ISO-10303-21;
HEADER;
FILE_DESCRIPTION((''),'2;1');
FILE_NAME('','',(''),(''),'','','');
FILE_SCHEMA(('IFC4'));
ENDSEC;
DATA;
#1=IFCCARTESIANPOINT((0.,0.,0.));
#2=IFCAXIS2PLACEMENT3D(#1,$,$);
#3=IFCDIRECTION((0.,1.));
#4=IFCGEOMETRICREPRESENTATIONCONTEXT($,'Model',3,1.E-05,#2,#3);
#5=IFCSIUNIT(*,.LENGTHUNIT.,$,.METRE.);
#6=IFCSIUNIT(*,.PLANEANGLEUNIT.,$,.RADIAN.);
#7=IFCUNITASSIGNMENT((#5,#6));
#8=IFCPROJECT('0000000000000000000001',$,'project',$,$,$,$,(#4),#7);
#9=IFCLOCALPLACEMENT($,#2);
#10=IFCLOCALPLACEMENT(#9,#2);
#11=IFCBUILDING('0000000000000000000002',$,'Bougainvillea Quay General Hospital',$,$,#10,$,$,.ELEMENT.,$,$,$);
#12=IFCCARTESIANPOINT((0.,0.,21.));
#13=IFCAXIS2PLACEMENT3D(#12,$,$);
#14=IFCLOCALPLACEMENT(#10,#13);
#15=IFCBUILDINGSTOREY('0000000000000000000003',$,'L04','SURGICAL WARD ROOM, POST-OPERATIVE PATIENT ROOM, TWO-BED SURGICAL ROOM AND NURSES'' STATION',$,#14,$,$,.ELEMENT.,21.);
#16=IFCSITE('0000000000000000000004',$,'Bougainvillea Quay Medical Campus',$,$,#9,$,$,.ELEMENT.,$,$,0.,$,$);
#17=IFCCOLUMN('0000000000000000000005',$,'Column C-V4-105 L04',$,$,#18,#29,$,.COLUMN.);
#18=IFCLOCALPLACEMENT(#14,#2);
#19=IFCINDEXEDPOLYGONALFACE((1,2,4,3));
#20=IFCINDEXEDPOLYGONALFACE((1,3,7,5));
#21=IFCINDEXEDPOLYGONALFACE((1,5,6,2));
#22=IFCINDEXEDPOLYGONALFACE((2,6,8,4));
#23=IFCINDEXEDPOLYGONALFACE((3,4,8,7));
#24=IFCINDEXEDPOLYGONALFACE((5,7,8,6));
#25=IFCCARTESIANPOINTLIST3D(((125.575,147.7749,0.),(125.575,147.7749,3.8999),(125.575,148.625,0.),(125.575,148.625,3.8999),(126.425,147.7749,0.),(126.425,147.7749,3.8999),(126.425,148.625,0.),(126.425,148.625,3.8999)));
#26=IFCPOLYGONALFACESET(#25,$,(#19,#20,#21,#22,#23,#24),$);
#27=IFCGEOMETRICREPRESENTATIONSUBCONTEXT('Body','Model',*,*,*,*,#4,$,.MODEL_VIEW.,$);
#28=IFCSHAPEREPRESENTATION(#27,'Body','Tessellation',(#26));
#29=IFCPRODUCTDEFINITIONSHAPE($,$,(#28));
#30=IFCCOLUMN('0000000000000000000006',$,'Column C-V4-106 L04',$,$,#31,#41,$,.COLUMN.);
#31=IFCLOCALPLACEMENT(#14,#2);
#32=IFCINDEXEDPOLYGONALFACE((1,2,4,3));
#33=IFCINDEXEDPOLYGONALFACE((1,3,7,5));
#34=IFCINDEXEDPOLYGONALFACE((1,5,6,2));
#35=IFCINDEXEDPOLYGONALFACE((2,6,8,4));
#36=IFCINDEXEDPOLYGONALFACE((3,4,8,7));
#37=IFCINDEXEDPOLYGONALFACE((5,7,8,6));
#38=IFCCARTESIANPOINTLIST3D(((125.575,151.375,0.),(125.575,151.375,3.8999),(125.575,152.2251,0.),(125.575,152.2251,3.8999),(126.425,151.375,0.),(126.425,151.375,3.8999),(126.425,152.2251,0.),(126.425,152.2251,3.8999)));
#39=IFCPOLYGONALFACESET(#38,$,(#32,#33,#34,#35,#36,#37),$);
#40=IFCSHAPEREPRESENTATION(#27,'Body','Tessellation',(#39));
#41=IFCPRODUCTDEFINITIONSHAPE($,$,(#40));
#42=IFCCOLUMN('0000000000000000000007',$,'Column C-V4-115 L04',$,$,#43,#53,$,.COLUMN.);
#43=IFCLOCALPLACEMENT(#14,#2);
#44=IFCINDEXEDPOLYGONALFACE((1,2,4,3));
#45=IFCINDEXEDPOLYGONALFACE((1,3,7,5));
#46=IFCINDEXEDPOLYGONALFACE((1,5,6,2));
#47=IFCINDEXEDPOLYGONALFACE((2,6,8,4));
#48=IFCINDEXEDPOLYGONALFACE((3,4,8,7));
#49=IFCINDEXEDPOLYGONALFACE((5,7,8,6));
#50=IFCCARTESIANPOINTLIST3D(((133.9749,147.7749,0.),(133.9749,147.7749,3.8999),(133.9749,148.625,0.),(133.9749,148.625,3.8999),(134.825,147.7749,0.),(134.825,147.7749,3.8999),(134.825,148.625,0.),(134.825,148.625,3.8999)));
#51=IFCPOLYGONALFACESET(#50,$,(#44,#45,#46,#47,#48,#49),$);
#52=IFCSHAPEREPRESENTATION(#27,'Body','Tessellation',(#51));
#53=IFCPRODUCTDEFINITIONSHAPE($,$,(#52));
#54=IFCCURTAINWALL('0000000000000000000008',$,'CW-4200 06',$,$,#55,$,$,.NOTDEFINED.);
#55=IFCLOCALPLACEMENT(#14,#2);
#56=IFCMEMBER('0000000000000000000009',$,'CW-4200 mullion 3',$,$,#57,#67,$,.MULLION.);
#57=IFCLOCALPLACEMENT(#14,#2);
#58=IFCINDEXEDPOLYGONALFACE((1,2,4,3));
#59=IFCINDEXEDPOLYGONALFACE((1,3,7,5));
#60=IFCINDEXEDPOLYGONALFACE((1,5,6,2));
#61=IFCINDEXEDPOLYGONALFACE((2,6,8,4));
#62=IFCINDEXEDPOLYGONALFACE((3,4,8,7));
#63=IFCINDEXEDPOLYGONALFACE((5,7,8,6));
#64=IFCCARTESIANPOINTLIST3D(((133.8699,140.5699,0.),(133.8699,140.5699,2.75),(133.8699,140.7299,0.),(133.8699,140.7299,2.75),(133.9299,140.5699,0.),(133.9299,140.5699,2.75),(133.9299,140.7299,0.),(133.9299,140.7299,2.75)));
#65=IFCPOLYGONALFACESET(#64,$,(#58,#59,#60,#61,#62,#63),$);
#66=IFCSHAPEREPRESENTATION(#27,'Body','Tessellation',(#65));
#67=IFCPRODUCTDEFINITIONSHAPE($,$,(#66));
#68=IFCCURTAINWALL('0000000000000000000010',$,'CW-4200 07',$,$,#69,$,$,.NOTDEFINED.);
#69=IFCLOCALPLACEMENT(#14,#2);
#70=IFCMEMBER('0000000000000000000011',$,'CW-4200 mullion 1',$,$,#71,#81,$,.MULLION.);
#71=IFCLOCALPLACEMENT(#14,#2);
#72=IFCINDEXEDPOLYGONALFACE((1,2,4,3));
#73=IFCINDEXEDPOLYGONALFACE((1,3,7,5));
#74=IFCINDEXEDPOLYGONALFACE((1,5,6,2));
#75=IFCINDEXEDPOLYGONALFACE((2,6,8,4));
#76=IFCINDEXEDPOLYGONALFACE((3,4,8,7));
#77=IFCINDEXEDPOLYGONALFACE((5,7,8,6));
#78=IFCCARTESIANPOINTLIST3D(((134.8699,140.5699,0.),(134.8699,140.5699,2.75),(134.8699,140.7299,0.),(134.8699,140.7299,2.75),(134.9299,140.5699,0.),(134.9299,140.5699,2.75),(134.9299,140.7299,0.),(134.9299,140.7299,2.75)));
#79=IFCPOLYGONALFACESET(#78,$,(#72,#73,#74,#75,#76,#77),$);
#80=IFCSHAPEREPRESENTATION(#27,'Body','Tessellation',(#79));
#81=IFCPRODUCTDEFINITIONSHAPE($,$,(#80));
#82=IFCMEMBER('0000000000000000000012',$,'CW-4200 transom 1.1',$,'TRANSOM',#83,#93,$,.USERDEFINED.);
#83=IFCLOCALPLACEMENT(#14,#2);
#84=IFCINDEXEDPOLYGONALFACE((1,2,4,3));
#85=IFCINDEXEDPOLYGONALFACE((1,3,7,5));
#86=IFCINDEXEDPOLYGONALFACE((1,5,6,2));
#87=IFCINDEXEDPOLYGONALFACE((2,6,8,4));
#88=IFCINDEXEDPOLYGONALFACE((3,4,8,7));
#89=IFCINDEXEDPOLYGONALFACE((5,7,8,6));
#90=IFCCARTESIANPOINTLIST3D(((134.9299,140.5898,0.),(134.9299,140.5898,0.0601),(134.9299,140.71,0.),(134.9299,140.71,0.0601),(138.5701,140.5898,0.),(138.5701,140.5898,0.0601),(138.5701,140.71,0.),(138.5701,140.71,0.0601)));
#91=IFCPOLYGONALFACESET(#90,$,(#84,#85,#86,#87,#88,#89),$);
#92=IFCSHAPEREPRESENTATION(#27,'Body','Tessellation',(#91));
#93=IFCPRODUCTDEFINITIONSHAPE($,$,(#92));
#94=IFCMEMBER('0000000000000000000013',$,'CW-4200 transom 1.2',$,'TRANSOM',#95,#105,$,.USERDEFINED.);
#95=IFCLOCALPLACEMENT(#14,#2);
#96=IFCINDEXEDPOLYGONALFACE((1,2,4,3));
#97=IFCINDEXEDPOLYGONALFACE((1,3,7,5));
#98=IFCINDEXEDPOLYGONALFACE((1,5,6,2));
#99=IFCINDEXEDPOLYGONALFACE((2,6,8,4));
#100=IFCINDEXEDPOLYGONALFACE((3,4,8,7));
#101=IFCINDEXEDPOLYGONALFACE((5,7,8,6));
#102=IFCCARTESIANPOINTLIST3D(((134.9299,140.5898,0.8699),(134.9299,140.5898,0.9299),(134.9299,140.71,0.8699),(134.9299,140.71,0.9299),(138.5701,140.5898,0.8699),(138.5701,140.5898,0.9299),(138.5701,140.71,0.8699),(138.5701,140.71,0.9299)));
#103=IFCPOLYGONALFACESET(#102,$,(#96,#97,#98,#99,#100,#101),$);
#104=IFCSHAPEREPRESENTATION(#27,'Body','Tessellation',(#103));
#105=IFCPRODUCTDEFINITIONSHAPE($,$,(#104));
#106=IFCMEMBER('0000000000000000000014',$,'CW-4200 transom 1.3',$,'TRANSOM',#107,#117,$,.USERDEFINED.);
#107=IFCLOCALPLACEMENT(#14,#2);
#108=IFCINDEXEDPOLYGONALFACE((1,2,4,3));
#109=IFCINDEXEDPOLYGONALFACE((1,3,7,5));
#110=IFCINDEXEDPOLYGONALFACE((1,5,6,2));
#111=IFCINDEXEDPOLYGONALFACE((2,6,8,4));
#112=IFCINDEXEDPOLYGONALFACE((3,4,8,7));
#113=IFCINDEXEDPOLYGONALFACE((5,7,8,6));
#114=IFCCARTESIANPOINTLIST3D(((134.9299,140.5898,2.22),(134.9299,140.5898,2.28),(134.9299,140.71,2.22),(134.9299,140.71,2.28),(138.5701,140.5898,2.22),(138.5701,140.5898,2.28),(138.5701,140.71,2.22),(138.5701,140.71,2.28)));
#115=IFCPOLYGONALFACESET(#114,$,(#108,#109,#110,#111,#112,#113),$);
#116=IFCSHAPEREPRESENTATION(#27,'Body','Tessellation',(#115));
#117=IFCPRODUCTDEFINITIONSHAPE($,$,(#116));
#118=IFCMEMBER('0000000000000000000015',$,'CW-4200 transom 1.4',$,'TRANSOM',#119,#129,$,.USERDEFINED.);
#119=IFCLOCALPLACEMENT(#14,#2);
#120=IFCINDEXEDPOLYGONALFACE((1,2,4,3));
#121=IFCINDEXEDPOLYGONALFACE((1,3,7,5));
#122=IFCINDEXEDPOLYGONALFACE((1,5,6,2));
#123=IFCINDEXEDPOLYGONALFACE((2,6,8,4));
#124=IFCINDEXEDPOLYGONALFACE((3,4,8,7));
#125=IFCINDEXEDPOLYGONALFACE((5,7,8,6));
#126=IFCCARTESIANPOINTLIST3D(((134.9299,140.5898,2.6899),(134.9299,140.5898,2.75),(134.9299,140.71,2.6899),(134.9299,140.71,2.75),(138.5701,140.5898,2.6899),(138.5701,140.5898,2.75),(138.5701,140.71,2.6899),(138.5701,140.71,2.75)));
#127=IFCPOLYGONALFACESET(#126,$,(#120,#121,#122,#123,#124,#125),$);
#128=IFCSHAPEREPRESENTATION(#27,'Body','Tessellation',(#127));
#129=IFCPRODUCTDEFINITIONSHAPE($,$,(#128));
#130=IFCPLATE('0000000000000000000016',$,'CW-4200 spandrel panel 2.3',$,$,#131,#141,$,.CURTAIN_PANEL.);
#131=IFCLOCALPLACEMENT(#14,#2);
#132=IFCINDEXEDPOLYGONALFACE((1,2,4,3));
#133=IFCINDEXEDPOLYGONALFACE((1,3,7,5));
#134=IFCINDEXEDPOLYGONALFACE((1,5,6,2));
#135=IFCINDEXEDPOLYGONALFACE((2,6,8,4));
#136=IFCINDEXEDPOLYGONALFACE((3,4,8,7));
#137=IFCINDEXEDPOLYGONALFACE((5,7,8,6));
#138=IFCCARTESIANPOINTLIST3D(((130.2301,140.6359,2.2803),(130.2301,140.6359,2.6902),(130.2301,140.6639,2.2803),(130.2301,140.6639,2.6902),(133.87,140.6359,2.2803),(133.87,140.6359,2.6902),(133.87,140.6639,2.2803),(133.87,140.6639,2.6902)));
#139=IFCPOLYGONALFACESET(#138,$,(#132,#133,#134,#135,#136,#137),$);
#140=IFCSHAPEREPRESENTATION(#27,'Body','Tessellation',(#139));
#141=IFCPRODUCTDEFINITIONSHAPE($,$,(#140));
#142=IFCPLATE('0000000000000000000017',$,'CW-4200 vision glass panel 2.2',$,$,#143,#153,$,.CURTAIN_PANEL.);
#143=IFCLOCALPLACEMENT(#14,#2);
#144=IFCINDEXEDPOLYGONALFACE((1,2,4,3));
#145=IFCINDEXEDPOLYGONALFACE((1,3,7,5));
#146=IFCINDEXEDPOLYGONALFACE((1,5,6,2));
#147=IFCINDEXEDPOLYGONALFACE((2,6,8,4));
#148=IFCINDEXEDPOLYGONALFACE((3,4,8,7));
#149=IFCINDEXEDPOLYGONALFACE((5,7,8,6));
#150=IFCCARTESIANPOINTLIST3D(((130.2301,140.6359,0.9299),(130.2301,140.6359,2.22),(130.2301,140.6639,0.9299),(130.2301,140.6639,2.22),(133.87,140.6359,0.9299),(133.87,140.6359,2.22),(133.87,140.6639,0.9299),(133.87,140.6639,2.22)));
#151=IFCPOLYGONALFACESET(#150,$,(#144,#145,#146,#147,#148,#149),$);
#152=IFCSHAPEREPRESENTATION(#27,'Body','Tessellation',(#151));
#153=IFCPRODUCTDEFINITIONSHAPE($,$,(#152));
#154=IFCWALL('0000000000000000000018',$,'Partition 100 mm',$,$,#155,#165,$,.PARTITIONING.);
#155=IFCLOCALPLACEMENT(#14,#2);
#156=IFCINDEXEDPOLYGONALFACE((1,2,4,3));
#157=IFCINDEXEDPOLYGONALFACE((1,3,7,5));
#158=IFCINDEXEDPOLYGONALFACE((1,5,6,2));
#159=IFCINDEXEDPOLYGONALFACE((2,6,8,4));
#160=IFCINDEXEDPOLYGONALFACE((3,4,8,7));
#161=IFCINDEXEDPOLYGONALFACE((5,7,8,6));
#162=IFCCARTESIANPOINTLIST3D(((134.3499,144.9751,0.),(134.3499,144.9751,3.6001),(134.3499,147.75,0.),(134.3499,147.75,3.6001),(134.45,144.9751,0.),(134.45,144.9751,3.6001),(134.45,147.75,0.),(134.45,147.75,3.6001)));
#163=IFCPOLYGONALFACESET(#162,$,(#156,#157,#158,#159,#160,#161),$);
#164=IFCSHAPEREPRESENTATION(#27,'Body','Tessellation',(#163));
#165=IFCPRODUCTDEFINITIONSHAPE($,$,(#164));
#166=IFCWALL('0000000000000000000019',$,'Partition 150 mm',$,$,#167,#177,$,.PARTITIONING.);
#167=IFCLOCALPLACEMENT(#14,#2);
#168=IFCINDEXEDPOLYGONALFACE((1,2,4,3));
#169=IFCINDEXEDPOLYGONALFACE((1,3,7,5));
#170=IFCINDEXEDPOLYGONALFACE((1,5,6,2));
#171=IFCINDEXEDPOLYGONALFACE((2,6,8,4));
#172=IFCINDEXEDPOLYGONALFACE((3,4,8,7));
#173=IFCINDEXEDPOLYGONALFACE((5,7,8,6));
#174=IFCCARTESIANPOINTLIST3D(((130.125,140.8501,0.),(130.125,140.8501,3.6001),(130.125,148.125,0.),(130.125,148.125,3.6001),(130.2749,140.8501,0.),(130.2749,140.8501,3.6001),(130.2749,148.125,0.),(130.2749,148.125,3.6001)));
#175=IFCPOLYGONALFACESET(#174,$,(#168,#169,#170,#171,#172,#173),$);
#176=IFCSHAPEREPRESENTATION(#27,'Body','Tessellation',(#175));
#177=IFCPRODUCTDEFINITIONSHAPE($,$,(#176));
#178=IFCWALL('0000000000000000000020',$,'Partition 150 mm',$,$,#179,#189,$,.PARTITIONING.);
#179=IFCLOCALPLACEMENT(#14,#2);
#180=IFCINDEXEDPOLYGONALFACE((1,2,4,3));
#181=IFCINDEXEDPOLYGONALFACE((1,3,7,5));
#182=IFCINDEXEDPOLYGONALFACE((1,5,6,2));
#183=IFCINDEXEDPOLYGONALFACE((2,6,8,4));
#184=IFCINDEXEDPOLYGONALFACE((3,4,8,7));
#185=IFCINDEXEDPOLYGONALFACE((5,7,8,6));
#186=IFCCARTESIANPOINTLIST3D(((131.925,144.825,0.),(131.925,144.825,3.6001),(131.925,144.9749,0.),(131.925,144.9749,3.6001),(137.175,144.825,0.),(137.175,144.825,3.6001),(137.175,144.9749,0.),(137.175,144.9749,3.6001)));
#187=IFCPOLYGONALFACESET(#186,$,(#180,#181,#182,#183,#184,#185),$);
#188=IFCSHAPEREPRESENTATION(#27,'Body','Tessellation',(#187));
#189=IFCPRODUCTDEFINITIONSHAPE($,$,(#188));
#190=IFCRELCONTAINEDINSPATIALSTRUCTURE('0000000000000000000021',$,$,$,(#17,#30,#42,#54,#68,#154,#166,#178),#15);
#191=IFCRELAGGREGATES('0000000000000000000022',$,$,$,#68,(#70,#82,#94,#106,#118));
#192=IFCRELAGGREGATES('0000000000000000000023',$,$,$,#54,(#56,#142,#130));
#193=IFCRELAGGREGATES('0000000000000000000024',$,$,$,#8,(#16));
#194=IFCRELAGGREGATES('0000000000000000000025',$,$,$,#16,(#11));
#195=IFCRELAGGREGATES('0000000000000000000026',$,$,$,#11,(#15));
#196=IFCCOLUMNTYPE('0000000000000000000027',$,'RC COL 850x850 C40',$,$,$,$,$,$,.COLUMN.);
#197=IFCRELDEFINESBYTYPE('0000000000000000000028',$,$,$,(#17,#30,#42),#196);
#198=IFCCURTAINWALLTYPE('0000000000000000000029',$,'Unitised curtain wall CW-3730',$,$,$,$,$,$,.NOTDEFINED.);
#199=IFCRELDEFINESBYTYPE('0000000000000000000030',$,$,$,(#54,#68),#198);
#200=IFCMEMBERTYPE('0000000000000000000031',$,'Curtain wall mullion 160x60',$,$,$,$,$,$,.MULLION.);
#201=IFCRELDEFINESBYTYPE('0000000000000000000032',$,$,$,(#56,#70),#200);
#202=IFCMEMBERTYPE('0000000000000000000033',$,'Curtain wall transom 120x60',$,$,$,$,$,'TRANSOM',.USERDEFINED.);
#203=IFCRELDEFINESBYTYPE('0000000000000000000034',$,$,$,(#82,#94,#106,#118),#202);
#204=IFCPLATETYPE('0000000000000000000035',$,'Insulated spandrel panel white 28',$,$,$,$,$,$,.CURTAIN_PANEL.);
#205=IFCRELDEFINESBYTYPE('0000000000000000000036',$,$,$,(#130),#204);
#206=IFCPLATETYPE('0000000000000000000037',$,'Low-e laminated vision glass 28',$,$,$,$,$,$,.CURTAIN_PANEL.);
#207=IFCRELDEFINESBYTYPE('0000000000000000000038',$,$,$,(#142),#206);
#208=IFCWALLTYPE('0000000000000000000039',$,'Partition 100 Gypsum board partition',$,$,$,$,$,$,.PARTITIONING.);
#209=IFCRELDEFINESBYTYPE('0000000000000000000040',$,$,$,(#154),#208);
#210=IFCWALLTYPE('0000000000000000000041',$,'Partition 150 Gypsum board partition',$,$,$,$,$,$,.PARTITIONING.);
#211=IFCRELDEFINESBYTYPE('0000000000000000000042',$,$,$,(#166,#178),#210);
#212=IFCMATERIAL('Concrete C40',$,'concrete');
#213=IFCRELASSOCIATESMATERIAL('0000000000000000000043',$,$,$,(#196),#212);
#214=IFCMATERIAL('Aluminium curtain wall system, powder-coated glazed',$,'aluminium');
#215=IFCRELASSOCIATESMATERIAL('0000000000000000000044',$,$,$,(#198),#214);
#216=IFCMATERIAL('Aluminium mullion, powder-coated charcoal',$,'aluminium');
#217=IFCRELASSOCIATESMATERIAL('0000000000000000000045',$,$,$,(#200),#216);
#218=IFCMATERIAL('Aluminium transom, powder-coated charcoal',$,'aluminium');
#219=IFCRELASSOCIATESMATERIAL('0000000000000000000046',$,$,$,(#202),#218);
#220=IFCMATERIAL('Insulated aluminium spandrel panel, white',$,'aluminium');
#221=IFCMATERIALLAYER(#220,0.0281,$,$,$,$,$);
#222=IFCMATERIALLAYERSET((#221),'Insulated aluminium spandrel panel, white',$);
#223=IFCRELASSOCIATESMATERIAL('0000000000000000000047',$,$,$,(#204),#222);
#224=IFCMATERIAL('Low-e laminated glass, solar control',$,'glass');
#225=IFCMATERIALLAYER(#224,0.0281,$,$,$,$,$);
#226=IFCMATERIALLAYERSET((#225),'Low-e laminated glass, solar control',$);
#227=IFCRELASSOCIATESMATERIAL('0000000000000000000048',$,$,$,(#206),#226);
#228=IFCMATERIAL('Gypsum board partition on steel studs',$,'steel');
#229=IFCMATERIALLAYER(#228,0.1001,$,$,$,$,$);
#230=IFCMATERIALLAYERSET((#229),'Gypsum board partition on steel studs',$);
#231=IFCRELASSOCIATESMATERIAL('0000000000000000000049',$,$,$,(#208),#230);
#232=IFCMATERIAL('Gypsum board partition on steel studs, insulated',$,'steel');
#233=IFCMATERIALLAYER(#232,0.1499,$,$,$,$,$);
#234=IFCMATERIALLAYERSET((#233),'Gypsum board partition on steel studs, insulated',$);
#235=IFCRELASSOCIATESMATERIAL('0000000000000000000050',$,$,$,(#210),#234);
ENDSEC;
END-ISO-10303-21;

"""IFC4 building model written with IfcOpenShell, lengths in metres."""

from ifc_helpers import new_model, si_unit, direction, frame, frame_2d, origin, origin_2d, place, context, subcontext, project, spatial, rectangle, extrude, material, layer, layer_set, material_profile, profile_set, type_object, element, aggregate, save


model = new_model("IFC4")

# Units and contexts
model_context = context("Model", 3, precision=1e-05, world=origin(), true_north=direction((0.0, 1.0)))
body_context = subcontext(model_context, "Body", "Model", "MODEL_VIEW")
ifc_project = project(units=[si_unit("LENGTHUNIT", "METRE"), si_unit("PLANEANGLEUNIT", "RADIAN")], contexts=[model_context])

# Site, building, storey
site_placement = place(None, origin())
site = spatial("IfcSite", under=ifc_project, at=site_placement, Name="Bougainvillea Quay Medical Campus", CompositionType="ELEMENT", RefElevation=0.0)
building_placement = place(site_placement, origin())
building = spatial("IfcBuilding", under=site, at=building_placement, Name="Bougainvillea Quay General Hospital", CompositionType="ELEMENT")
storey_placement = place(building_placement, frame((0.0, 0.0, 21.0)))
storey = spatial("IfcBuildingStorey", under=building, at=storey_placement, Name="L04", Description="SURGICAL WARD ROOM, POST-OPERATIVE PATIENT ROOM, TWO-BED SURGICAL ROOM AND NURSES' STATION", CompositionType="ELEMENT", Elevation=21.0)

# Columns
ifc_material_1 = material(Name="Concrete C40", Category="concrete")
ifc_material_profile_1 = material_profile(ifc_material_1, rectangle(XDim=0.8501, YDim=0.8501, at=origin_2d()))
ifc_profile_set_1 = profile_set([ifc_material_profile_1], Name="Concrete C40")
column_type = type_object("IfcColumnType", Name="RC COL 850x850 C40", PredefinedType="COLUMN", material=ifc_profile_set_1)
for number, where, z_axis, x_axis, name in (
    (1, (126.0, 148.2, 0.0), (0.0, 0.0, 1.0), (1.0, 0.0, 0.0), "Column C-V4-105 L04"),
    (2, (126.0, 151.8, 0.0), (0.0, 0.0, 1.0), (1.0, 0.0, 0.0), "Column C-V4-106 L04"),
    (3, (134.3999, 148.2, 0.0), (0.0, 0.0, 1.0), (1.0, 0.0, 0.0), "Column C-V4-115 L04"),
):
    element("IfcColumn", number, at=place(storey_placement, frame(where, z_axis=z_axis, x_axis=x_axis)), inside=storey, type_object=column_type, Name=name, PredefinedType="COLUMN", context=body_context, shape_type="SweptSolid", body=[
        extrude(rectangle(XDim=0.8501, YDim=0.8501, at=origin_2d()), origin(), (0.0, 0.0, 1.0), 3.8999),
    ])

# Curtain wall, member
ifc_material_2 = material(Name="Aluminium curtain wall system, powder-coated glazed", Category="aluminium")
curtain_wall_type = type_object("IfcCurtainWallType", Name="Unitised curtain wall CW-3730", PredefinedType="NOTDEFINED", material=ifc_material_2)
curtain_wall_1_placement = place(storey_placement, origin())
curtain_wall_1 = element("IfcCurtainWall", 4, at=curtain_wall_1_placement, inside=storey, type_object=curtain_wall_type, Name="CW-4200 06", PredefinedType="NOTDEFINED")
ifc_material_3 = material(Name="Aluminium mullion, powder-coated charcoal", Category="aluminium")
ifc_material_profile_2 = material_profile(ifc_material_3, rectangle(XDim=0.1599, YDim=0.0601, at=origin_2d()))
ifc_profile_set_2 = profile_set([ifc_material_profile_2], Name="Aluminium mullion, powder-coated charcoal")
member_type_1 = type_object("IfcMemberType", Name="Curtain wall mullion 160x60", PredefinedType="MULLION", material=ifc_profile_set_2)
member_1_placement = place(storey_placement, frame((133.8999, 140.6499, 0.0), z_axis=(0.0, 0.0, 1.0), x_axis=(0.0, 1.0, 0.0)))
member_1 = element("IfcMember", 5, at=member_1_placement, type_object=member_type_1, Name="CW-4200 mullion 3", PredefinedType="MULLION", context=body_context, shape_type="SweptSolid", body=[
    extrude(rectangle(XDim=0.1599, YDim=0.0601, at=origin_2d()), origin(), (0.0, 0.0, 1.0), 2.75),
])

# Curtain wall, members
curtain_wall_2_placement = place(storey_placement, origin())
curtain_wall_2 = element("IfcCurtainWall", 6, at=curtain_wall_2_placement, inside=storey, type_object=curtain_wall_type, Name="CW-4200 07", PredefinedType="NOTDEFINED")
member_2_placement = place(storey_placement, frame((134.8999, 140.6499, 0.0), z_axis=(0.0, 0.0, 1.0), x_axis=(0.0, 1.0, 0.0)))
member_2 = element("IfcMember", 7, at=member_2_placement, type_object=member_type_1, Name="CW-4200 mullion 1", PredefinedType="MULLION", context=body_context, shape_type="SweptSolid", body=[
    extrude(rectangle(XDim=0.1599, YDim=0.0601, at=origin_2d()), origin(), (0.0, 0.0, 1.0), 2.75),
])
ifc_material_4 = material(Name="Aluminium transom, powder-coated charcoal", Category="aluminium")
ifc_material_profile_3 = material_profile(ifc_material_4, rectangle(XDim=0.1201, YDim=0.0601, at=origin_2d()))
ifc_profile_set_3 = profile_set([ifc_material_profile_3], Name="Aluminium transom, powder-coated charcoal")
member_type_2 = type_object("IfcMemberType", Name="Curtain wall transom 120x60", ElementType="TRANSOM", PredefinedType="USERDEFINED", material=ifc_profile_set_3)
member_3_placement = place(storey_placement, frame((134.9299, 140.6499, 0.03), z_axis=(1.0, 0.0, 0.0), x_axis=(0.0, 1.0, 0.0)))
member_3 = element("IfcMember", 8, at=member_3_placement, type_object=member_type_2, Name="CW-4200 transom 1.1", ObjectType="TRANSOM", PredefinedType="USERDEFINED", context=body_context, shape_type="SweptSolid", body=[
    extrude(rectangle(XDim=0.1201, YDim=0.0601, at=origin_2d()), origin(), (0.0, 0.0, 1.0), 3.6401),
])
member_4_placement = place(storey_placement, frame((134.9299, 140.6499, 0.8999), z_axis=(1.0, 0.0, 0.0), x_axis=(0.0, 1.0, 0.0)))
member_4 = element("IfcMember", 9, at=member_4_placement, type_object=member_type_2, Name="CW-4200 transom 1.2", ObjectType="TRANSOM", PredefinedType="USERDEFINED", context=body_context, shape_type="SweptSolid", body=[
    extrude(rectangle(XDim=0.1201, YDim=0.0601, at=origin_2d()), origin(), (0.0, 0.0, 1.0), 3.6401),
])
member_5_placement = place(storey_placement, frame((134.9299, 140.6499, 2.25), z_axis=(1.0, 0.0, 0.0), x_axis=(0.0, 1.0, 0.0)))
member_5 = element("IfcMember", 10, at=member_5_placement, type_object=member_type_2, Name="CW-4200 transom 1.3", ObjectType="TRANSOM", PredefinedType="USERDEFINED", context=body_context, shape_type="SweptSolid", body=[
    extrude(rectangle(XDim=0.1201, YDim=0.0601, at=origin_2d()), origin(), (0.0, 0.0, 1.0), 3.6401),
])
member_6_placement = place(storey_placement, frame((134.9299, 140.6499, 2.72), z_axis=(1.0, 0.0, 0.0), x_axis=(0.0, 1.0, 0.0)))
member_6 = element("IfcMember", 11, at=member_6_placement, type_object=member_type_2, Name="CW-4200 transom 1.4", ObjectType="TRANSOM", PredefinedType="USERDEFINED", context=body_context, shape_type="SweptSolid", body=[
    extrude(rectangle(XDim=0.1201, YDim=0.0601, at=origin_2d()), origin(), (0.0, 0.0, 1.0), 3.6401),
])
aggregate(curtain_wall_2, [member_2, member_3, member_4, member_5, member_6])

# Plates
ifc_material_5 = material(Name="Insulated aluminium spandrel panel, white", Category="aluminium")
ifc_layer_1 = layer(ifc_material_5, 0.0281)
ifc_layer_set_1 = layer_set([ifc_layer_1], Name="Insulated aluminium spandrel panel, white")
plate_type_1 = type_object("IfcPlateType", Name="Insulated spandrel panel white 28", PredefinedType="CURTAIN_PANEL", material=ifc_layer_set_1)
plate_1_placement = place(storey_placement, frame((132.05, 140.6499, 2.2803), z_axis=(0.0, 0.0, 1.0), x_axis=(1.0, 0.0, 0.0)))
plate_1 = element("IfcPlate", 12, at=plate_1_placement, type_object=plate_type_1, Name="CW-4200 spandrel panel 2.3", PredefinedType="CURTAIN_PANEL", context=body_context, shape_type="SweptSolid", body=[
    extrude(rectangle(XDim=3.6399, YDim=0.0281, at=origin_2d()), origin(), (0.0, 0.0, 1.0), 0.4099),
])
ifc_material_6 = material(Name="Low-e laminated glass, solar control", Category="glass")
ifc_layer_2 = layer(ifc_material_6, 0.0281)
ifc_layer_set_2 = layer_set([ifc_layer_2], Name="Low-e laminated glass, solar control")
plate_type_2 = type_object("IfcPlateType", Name="Low-e laminated vision glass 28", PredefinedType="CURTAIN_PANEL", material=ifc_layer_set_2)
plate_2_placement = place(storey_placement, frame((132.05, 140.6499, 0.9299), z_axis=(0.0, 0.0, 1.0), x_axis=(1.0, 0.0, 0.0)))
plate_2 = element("IfcPlate", 13, at=plate_2_placement, type_object=plate_type_2, Name="CW-4200 vision glass panel 2.2", PredefinedType="CURTAIN_PANEL", context=body_context, shape_type="SweptSolid", body=[
    extrude(rectangle(XDim=3.6399, YDim=0.0281, at=origin_2d()), origin(), (0.0, 0.0, 1.0), 1.29),
])
aggregate(curtain_wall_1, [member_1, plate_2, plate_1])

# Walls
ifc_material_7 = material(Name="Gypsum board partition on steel studs", Category="steel")
ifc_layer_3 = layer(ifc_material_7, 0.1001)
ifc_layer_set_3 = layer_set([ifc_layer_3], Name="Gypsum board partition on steel studs")
wall_type_1 = type_object("IfcWallType", Name="Partition 100 Gypsum board partition", PredefinedType="PARTITIONING", material=ifc_layer_set_3)
wall_1_placement = place(storey_placement, frame((134.3999, 144.9751, 0.0), z_axis=(0.0, 0.0, 1.0), x_axis=(0.0, 1.0, 0.0)))
element("IfcWall", 14, at=wall_1_placement, inside=storey, type_object=wall_type_1, Name="Partition 100 mm", PredefinedType="PARTITIONING", context=body_context, shape_type="SweptSolid", body=[
    extrude(rectangle(XDim=2.7749, YDim=0.1001, at=frame_2d((1.3875, 0.0))), origin(), (0.0, 0.0, 1.0), 3.6001),
])
ifc_material_8 = material(Name="Gypsum board partition on steel studs, insulated", Category="steel")
ifc_layer_4 = layer(ifc_material_8, 0.1499)
ifc_layer_set_4 = layer_set([ifc_layer_4], Name="Gypsum board partition on steel studs, insulated")
wall_type_2 = type_object("IfcWallType", Name="Partition 150 Gypsum board partition", PredefinedType="PARTITIONING", material=ifc_layer_set_4)
wall_2_placement = place(storey_placement, frame((130.2, 140.8501, 0.0), z_axis=(0.0, 0.0, 1.0), x_axis=(0.0, 1.0, 0.0)))
element("IfcWall", 15, at=wall_2_placement, inside=storey, type_object=wall_type_2, Name="Partition 150 mm", PredefinedType="PARTITIONING", context=body_context, shape_type="SweptSolid", body=[
    extrude(rectangle(XDim=7.2749, YDim=0.1499, at=frame_2d((3.6375, 0.0))), origin(), (0.0, 0.0, 1.0), 3.6001),
])
wall_3_placement = place(storey_placement, frame((131.925, 144.8999, 0.0), z_axis=(0.0, 0.0, 1.0), x_axis=(1.0, 0.0, 0.0)))
element("IfcWall", 16, at=wall_3_placement, inside=storey, type_object=wall_type_2, Name="Partition 150 mm", PredefinedType="PARTITIONING", context=body_context, shape_type="SweptSolid", body=[
    extrude(rectangle(XDim=5.25, YDim=0.1499, at=frame_2d((2.625, 0.0))), origin(), (0.0, 0.0, 1.0), 3.6001),
])

save(model, "model.ifc")
